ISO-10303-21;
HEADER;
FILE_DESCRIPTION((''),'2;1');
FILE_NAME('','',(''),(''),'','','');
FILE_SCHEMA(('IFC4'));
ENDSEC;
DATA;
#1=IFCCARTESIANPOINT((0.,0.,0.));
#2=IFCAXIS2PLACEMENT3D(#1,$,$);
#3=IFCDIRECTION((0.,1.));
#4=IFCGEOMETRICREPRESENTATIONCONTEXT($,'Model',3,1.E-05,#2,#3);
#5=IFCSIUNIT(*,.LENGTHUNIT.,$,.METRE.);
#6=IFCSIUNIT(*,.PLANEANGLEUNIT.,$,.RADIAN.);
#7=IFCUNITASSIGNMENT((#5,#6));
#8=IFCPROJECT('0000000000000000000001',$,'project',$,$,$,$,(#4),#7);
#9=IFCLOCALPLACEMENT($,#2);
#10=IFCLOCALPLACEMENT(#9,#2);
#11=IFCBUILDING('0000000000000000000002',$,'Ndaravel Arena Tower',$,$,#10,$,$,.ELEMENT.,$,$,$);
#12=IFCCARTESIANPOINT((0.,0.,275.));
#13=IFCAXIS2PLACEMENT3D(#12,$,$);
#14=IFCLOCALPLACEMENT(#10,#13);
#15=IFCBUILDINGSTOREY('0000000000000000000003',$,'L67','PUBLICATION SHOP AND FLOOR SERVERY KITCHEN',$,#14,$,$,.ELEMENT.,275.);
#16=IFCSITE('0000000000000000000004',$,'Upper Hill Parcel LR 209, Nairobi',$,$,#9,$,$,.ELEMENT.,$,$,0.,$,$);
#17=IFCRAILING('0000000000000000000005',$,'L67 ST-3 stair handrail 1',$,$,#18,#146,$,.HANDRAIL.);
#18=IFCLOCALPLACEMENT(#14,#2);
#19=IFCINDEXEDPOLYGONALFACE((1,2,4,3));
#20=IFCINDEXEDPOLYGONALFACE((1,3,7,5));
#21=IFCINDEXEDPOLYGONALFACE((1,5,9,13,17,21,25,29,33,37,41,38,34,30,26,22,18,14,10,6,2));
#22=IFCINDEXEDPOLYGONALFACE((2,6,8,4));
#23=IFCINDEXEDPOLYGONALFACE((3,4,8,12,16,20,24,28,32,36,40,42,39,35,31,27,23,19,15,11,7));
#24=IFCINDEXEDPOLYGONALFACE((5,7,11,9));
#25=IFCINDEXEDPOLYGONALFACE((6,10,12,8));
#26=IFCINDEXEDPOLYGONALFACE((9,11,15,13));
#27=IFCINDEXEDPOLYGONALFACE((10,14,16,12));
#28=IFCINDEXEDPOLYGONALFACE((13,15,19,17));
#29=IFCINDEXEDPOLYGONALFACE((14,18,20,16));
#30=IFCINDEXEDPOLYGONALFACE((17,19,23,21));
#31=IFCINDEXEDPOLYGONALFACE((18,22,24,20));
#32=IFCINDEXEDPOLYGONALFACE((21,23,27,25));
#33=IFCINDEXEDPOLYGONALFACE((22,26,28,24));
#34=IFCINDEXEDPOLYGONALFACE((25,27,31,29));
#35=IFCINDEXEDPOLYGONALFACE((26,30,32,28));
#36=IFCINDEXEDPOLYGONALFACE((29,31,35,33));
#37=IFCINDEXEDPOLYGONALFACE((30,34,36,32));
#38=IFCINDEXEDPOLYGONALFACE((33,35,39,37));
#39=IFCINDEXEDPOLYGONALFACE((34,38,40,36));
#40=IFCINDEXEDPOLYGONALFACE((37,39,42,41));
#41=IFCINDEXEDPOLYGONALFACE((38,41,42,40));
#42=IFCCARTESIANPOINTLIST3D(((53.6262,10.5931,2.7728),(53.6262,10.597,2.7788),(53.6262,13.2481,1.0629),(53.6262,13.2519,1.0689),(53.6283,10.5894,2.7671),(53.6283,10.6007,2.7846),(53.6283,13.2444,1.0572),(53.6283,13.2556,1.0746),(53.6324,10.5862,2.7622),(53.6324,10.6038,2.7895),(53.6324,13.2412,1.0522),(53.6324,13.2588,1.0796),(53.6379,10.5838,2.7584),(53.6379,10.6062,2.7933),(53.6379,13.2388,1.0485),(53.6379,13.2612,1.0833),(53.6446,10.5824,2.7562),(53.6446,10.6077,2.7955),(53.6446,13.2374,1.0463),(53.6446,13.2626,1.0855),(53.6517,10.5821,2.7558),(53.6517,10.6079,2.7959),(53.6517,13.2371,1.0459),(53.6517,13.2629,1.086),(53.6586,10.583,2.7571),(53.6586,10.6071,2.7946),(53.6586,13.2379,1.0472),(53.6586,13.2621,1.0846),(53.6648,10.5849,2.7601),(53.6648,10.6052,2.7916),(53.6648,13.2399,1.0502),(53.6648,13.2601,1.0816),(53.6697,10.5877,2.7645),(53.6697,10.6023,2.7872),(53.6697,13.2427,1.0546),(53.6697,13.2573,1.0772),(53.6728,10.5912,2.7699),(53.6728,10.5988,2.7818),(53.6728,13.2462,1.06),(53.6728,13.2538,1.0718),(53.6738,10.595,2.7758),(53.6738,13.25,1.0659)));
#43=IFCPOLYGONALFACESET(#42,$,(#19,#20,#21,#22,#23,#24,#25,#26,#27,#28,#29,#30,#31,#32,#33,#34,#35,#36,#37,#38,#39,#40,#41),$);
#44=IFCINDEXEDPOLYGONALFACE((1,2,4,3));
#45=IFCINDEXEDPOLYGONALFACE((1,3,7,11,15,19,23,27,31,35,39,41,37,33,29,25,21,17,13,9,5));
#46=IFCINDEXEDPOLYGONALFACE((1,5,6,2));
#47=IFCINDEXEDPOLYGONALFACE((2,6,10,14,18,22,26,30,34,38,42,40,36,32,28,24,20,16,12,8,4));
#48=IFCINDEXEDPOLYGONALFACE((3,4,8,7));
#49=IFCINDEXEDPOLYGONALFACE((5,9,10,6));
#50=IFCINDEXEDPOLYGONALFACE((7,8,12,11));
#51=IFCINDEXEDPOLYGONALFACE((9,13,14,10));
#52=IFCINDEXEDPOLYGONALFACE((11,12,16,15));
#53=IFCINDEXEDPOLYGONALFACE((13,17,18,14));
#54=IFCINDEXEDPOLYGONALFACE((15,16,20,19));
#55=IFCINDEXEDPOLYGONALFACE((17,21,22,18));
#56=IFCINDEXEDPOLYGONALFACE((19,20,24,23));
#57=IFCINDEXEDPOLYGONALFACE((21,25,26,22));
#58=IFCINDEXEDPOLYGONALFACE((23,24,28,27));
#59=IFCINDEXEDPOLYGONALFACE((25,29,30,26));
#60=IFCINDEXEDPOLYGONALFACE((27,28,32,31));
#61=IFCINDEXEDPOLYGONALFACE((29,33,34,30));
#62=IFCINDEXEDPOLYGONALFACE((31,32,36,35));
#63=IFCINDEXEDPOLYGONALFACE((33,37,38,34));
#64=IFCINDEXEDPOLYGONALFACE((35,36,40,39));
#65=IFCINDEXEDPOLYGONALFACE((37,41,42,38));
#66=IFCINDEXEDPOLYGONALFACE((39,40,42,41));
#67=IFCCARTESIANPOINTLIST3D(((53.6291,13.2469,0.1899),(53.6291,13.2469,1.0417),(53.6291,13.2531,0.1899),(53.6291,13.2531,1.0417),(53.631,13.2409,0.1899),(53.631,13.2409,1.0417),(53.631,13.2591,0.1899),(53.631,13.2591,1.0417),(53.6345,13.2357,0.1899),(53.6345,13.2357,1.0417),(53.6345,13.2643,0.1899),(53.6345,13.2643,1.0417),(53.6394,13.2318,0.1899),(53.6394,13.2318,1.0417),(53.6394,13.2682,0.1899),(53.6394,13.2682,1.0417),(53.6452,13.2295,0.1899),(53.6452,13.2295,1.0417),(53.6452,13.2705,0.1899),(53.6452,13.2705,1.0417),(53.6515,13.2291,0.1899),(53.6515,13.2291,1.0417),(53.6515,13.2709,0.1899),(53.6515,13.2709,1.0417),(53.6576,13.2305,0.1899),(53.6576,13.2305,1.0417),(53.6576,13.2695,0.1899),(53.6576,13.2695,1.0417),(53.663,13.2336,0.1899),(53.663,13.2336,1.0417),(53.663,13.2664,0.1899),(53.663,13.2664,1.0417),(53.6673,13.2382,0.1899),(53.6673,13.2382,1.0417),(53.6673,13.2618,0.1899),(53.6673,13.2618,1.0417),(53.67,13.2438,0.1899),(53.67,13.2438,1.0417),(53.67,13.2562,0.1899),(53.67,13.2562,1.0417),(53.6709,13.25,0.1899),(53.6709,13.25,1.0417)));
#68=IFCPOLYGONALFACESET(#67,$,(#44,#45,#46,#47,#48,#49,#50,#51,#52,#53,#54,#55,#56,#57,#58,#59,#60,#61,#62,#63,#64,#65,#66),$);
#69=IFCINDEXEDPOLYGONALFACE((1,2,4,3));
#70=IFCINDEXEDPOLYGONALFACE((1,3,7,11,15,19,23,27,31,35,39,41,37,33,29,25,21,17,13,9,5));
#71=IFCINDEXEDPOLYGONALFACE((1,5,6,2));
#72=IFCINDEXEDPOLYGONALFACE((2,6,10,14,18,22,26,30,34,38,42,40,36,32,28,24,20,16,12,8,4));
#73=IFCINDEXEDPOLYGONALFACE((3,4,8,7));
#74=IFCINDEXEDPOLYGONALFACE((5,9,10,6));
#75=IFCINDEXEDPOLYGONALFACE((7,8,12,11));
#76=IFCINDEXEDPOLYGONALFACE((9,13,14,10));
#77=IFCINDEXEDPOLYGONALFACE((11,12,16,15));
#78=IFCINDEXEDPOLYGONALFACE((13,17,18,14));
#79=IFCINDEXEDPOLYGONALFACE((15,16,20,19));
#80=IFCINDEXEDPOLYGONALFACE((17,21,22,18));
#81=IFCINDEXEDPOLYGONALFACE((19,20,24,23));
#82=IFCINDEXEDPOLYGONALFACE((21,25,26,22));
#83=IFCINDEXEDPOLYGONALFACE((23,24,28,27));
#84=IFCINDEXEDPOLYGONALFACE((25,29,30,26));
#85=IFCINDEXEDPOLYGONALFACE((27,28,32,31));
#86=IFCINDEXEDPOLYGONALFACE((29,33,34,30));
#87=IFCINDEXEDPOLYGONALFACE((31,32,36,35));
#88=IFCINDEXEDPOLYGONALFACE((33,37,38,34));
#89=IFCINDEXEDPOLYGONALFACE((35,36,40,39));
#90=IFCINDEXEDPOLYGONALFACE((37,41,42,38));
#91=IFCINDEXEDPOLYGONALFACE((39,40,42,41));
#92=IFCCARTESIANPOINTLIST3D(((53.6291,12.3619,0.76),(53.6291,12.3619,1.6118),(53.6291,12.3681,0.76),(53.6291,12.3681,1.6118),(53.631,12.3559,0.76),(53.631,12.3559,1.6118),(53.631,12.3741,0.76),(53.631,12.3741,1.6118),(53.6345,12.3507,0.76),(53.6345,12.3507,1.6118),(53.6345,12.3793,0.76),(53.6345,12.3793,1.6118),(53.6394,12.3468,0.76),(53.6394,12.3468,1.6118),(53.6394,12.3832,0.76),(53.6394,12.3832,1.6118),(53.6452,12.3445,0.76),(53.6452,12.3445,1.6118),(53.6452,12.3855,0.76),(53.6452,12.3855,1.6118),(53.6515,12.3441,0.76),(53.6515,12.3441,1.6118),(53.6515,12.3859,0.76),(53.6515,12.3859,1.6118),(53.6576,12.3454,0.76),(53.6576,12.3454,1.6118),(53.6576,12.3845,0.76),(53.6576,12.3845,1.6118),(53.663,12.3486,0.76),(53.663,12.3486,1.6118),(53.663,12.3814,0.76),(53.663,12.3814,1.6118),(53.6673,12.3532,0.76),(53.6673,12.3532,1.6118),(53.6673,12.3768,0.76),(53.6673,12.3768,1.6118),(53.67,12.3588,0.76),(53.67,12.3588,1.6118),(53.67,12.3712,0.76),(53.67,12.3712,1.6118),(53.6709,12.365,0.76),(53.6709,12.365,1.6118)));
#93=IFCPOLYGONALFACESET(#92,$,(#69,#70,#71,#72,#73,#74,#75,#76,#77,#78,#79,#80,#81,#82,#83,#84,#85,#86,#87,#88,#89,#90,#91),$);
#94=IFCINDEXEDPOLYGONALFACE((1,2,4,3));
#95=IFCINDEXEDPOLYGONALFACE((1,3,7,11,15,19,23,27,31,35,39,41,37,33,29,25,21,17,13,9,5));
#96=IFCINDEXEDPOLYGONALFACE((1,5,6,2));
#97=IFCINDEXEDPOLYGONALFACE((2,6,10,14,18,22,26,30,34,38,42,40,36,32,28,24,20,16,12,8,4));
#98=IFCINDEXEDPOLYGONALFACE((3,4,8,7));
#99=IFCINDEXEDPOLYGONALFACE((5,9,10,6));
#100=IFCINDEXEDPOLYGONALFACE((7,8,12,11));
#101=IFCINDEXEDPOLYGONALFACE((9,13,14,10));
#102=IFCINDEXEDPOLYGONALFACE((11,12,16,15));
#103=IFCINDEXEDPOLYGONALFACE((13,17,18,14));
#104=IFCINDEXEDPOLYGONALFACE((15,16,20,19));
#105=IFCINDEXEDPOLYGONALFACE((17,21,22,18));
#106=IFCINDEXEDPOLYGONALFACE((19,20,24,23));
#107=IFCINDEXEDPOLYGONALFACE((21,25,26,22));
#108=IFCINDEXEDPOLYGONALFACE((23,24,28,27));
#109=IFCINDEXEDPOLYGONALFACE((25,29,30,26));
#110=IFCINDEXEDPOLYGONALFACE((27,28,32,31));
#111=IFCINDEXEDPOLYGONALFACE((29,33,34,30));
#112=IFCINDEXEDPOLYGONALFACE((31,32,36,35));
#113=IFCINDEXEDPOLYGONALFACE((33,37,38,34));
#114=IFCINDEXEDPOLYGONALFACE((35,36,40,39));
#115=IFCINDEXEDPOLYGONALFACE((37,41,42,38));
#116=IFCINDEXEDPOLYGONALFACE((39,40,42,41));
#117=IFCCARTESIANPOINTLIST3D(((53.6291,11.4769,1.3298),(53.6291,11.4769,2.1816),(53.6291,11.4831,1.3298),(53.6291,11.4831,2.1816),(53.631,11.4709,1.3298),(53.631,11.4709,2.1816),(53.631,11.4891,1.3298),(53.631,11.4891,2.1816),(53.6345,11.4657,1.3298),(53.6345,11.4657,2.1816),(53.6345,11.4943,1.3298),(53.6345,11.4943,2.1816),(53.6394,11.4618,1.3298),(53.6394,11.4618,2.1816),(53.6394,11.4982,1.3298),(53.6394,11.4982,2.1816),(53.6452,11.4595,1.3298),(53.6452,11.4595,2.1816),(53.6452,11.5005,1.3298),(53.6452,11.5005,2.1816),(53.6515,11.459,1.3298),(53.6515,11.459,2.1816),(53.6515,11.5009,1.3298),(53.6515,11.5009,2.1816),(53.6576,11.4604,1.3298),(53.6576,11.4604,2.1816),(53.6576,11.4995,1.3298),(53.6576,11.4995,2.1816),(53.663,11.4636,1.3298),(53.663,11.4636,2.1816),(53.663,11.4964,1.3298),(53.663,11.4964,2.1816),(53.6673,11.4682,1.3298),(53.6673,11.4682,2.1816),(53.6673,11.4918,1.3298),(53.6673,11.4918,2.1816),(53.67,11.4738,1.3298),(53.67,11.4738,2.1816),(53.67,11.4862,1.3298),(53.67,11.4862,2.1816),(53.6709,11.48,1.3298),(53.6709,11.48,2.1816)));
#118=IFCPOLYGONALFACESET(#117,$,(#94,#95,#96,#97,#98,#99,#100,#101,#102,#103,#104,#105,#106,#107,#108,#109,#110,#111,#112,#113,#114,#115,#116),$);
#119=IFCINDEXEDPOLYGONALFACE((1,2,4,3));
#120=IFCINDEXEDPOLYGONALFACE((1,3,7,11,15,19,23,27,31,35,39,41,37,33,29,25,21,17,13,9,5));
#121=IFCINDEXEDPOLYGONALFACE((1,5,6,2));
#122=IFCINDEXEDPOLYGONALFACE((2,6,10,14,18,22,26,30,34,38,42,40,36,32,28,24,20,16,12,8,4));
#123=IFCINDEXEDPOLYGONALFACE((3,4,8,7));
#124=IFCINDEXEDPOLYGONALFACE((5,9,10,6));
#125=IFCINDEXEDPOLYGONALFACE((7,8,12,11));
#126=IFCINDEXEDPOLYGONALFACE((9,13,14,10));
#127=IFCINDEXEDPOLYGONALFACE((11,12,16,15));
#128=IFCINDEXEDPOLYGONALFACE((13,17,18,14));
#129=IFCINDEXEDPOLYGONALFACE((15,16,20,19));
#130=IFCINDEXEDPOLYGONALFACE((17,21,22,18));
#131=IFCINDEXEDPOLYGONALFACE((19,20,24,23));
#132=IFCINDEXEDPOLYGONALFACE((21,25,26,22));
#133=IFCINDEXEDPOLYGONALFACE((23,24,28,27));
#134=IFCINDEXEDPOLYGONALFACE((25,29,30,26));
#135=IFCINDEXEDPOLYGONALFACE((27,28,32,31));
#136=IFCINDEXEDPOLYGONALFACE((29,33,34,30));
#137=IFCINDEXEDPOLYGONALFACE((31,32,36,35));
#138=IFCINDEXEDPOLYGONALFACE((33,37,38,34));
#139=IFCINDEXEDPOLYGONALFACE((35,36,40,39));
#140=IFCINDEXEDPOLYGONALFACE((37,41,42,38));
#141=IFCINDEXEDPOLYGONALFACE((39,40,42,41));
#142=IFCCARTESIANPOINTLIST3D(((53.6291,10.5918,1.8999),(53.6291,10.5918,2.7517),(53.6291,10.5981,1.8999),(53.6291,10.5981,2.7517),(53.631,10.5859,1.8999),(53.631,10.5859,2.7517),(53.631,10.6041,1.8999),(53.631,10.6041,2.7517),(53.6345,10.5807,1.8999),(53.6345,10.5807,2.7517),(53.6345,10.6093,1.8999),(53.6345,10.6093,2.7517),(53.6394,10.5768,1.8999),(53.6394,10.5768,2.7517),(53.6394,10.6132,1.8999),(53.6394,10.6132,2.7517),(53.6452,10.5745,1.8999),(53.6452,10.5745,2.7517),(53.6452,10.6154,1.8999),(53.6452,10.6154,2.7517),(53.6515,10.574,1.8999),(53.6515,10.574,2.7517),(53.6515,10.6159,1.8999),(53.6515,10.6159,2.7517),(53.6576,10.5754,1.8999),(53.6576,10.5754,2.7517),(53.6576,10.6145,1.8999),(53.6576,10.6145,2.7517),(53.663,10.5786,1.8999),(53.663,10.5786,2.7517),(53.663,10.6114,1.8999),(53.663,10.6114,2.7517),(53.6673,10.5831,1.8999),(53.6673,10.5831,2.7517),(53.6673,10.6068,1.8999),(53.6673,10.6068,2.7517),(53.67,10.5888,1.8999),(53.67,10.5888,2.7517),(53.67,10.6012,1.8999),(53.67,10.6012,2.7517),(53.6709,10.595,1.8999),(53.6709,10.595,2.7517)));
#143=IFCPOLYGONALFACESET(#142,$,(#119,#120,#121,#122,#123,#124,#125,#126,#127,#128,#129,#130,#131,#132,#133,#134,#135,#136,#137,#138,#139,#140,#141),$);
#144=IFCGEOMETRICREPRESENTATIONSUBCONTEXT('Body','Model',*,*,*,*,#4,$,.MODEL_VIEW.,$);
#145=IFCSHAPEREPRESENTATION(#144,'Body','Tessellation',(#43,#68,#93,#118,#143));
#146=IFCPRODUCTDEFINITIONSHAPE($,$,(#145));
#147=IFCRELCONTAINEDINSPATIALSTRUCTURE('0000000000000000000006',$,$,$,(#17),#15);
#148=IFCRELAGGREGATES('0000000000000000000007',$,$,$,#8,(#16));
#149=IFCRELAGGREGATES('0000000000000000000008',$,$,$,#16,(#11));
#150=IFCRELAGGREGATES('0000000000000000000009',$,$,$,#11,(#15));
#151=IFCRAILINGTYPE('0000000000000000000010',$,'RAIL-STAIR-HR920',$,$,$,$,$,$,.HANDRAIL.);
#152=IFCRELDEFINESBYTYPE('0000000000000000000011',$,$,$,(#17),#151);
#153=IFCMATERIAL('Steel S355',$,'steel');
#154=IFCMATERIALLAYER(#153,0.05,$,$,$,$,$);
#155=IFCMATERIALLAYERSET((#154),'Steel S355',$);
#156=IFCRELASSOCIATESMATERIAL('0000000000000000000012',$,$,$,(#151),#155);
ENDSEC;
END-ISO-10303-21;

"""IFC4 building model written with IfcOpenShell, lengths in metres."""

from ifc_helpers import new_model, si_unit, direction, frame, origin, origin_2d, place, context, subcontext, project, spatial, circle, extrude, material, layer, layer_set, type_object, element, save


model = new_model("IFC4")

# Units and contexts
model_context = context("Model", 3, precision=1e-05, world=origin(), true_north=direction((0.0, 1.0)))
body_context = subcontext(model_context, "Body", "Model", "MODEL_VIEW")
ifc_project = project(units=[si_unit("LENGTHUNIT", "METRE"), si_unit("PLANEANGLEUNIT", "RADIAN")], contexts=[model_context])

# Site, building, storey
site_placement = place(None, origin())
site = spatial("IfcSite", under=ifc_project, at=site_placement, Name="Upper Hill Parcel LR 209, Nairobi", CompositionType="ELEMENT", RefElevation=0.0)
building_placement = place(site_placement, origin())
building = spatial("IfcBuilding", under=site, at=building_placement, Name="Ndaravel Arena Tower", CompositionType="ELEMENT")
storey_placement = place(building_placement, frame((0.0, 0.0, 275.0)))
storey = spatial("IfcBuildingStorey", under=building, at=storey_placement, Name="L67", Description="PUBLICATION SHOP AND FLOOR SERVERY KITCHEN", CompositionType="ELEMENT", Elevation=275.0)

# Railing
ifc_material_1 = material(Name="Steel S355", Category="steel")
ifc_layer_1 = layer(ifc_material_1, 0.05)
ifc_layer_set_1 = layer_set([ifc_layer_1], Name="Steel S355")
railing_type_1 = type_object("IfcRailingType", Name="RAIL-STAIR-HR920", PredefinedType="HANDRAIL", material=ifc_layer_set_1)
railing_1_placement = place(storey_placement, frame((53.6499, 13.25, 0.1899)))
element("IfcRailing", 1, at=railing_1_placement, inside=storey, type_object=railing_type_1, Name="L67 ST-3 stair handrail 1", PredefinedType="HANDRAIL", context=body_context, shape_type="SweptSolid", body=[
    extrude(circle(Radius=0.0239, at=origin_2d()), frame((0.0, 0.0, 0.876), z_axis=(0.0, -0.840724, 0.541465), x_axis=(1.0, 0.0, 0.0)), (0.0, 0.0, 1.0), 3.158),
    extrude(circle(Radius=0.021, at=origin_2d()), origin(), (0.0, 0.0, 1.0), 0.8518),
    extrude(circle(Radius=0.021, at=origin_2d()), frame((0.0, -0.885, 0.5701)), (0.0, 0.0, 1.0), 0.8518),
    extrude(circle(Radius=0.021, at=origin_2d()), frame((0.0, -1.77, 1.1399)), (0.0, 0.0, 1.0), 0.8518),
    extrude(circle(Radius=0.021, at=origin_2d()), frame((0.0, -2.655, 1.71)), (0.0, 0.0, 1.0), 0.8518),
])

save(model, "model.ifc")
